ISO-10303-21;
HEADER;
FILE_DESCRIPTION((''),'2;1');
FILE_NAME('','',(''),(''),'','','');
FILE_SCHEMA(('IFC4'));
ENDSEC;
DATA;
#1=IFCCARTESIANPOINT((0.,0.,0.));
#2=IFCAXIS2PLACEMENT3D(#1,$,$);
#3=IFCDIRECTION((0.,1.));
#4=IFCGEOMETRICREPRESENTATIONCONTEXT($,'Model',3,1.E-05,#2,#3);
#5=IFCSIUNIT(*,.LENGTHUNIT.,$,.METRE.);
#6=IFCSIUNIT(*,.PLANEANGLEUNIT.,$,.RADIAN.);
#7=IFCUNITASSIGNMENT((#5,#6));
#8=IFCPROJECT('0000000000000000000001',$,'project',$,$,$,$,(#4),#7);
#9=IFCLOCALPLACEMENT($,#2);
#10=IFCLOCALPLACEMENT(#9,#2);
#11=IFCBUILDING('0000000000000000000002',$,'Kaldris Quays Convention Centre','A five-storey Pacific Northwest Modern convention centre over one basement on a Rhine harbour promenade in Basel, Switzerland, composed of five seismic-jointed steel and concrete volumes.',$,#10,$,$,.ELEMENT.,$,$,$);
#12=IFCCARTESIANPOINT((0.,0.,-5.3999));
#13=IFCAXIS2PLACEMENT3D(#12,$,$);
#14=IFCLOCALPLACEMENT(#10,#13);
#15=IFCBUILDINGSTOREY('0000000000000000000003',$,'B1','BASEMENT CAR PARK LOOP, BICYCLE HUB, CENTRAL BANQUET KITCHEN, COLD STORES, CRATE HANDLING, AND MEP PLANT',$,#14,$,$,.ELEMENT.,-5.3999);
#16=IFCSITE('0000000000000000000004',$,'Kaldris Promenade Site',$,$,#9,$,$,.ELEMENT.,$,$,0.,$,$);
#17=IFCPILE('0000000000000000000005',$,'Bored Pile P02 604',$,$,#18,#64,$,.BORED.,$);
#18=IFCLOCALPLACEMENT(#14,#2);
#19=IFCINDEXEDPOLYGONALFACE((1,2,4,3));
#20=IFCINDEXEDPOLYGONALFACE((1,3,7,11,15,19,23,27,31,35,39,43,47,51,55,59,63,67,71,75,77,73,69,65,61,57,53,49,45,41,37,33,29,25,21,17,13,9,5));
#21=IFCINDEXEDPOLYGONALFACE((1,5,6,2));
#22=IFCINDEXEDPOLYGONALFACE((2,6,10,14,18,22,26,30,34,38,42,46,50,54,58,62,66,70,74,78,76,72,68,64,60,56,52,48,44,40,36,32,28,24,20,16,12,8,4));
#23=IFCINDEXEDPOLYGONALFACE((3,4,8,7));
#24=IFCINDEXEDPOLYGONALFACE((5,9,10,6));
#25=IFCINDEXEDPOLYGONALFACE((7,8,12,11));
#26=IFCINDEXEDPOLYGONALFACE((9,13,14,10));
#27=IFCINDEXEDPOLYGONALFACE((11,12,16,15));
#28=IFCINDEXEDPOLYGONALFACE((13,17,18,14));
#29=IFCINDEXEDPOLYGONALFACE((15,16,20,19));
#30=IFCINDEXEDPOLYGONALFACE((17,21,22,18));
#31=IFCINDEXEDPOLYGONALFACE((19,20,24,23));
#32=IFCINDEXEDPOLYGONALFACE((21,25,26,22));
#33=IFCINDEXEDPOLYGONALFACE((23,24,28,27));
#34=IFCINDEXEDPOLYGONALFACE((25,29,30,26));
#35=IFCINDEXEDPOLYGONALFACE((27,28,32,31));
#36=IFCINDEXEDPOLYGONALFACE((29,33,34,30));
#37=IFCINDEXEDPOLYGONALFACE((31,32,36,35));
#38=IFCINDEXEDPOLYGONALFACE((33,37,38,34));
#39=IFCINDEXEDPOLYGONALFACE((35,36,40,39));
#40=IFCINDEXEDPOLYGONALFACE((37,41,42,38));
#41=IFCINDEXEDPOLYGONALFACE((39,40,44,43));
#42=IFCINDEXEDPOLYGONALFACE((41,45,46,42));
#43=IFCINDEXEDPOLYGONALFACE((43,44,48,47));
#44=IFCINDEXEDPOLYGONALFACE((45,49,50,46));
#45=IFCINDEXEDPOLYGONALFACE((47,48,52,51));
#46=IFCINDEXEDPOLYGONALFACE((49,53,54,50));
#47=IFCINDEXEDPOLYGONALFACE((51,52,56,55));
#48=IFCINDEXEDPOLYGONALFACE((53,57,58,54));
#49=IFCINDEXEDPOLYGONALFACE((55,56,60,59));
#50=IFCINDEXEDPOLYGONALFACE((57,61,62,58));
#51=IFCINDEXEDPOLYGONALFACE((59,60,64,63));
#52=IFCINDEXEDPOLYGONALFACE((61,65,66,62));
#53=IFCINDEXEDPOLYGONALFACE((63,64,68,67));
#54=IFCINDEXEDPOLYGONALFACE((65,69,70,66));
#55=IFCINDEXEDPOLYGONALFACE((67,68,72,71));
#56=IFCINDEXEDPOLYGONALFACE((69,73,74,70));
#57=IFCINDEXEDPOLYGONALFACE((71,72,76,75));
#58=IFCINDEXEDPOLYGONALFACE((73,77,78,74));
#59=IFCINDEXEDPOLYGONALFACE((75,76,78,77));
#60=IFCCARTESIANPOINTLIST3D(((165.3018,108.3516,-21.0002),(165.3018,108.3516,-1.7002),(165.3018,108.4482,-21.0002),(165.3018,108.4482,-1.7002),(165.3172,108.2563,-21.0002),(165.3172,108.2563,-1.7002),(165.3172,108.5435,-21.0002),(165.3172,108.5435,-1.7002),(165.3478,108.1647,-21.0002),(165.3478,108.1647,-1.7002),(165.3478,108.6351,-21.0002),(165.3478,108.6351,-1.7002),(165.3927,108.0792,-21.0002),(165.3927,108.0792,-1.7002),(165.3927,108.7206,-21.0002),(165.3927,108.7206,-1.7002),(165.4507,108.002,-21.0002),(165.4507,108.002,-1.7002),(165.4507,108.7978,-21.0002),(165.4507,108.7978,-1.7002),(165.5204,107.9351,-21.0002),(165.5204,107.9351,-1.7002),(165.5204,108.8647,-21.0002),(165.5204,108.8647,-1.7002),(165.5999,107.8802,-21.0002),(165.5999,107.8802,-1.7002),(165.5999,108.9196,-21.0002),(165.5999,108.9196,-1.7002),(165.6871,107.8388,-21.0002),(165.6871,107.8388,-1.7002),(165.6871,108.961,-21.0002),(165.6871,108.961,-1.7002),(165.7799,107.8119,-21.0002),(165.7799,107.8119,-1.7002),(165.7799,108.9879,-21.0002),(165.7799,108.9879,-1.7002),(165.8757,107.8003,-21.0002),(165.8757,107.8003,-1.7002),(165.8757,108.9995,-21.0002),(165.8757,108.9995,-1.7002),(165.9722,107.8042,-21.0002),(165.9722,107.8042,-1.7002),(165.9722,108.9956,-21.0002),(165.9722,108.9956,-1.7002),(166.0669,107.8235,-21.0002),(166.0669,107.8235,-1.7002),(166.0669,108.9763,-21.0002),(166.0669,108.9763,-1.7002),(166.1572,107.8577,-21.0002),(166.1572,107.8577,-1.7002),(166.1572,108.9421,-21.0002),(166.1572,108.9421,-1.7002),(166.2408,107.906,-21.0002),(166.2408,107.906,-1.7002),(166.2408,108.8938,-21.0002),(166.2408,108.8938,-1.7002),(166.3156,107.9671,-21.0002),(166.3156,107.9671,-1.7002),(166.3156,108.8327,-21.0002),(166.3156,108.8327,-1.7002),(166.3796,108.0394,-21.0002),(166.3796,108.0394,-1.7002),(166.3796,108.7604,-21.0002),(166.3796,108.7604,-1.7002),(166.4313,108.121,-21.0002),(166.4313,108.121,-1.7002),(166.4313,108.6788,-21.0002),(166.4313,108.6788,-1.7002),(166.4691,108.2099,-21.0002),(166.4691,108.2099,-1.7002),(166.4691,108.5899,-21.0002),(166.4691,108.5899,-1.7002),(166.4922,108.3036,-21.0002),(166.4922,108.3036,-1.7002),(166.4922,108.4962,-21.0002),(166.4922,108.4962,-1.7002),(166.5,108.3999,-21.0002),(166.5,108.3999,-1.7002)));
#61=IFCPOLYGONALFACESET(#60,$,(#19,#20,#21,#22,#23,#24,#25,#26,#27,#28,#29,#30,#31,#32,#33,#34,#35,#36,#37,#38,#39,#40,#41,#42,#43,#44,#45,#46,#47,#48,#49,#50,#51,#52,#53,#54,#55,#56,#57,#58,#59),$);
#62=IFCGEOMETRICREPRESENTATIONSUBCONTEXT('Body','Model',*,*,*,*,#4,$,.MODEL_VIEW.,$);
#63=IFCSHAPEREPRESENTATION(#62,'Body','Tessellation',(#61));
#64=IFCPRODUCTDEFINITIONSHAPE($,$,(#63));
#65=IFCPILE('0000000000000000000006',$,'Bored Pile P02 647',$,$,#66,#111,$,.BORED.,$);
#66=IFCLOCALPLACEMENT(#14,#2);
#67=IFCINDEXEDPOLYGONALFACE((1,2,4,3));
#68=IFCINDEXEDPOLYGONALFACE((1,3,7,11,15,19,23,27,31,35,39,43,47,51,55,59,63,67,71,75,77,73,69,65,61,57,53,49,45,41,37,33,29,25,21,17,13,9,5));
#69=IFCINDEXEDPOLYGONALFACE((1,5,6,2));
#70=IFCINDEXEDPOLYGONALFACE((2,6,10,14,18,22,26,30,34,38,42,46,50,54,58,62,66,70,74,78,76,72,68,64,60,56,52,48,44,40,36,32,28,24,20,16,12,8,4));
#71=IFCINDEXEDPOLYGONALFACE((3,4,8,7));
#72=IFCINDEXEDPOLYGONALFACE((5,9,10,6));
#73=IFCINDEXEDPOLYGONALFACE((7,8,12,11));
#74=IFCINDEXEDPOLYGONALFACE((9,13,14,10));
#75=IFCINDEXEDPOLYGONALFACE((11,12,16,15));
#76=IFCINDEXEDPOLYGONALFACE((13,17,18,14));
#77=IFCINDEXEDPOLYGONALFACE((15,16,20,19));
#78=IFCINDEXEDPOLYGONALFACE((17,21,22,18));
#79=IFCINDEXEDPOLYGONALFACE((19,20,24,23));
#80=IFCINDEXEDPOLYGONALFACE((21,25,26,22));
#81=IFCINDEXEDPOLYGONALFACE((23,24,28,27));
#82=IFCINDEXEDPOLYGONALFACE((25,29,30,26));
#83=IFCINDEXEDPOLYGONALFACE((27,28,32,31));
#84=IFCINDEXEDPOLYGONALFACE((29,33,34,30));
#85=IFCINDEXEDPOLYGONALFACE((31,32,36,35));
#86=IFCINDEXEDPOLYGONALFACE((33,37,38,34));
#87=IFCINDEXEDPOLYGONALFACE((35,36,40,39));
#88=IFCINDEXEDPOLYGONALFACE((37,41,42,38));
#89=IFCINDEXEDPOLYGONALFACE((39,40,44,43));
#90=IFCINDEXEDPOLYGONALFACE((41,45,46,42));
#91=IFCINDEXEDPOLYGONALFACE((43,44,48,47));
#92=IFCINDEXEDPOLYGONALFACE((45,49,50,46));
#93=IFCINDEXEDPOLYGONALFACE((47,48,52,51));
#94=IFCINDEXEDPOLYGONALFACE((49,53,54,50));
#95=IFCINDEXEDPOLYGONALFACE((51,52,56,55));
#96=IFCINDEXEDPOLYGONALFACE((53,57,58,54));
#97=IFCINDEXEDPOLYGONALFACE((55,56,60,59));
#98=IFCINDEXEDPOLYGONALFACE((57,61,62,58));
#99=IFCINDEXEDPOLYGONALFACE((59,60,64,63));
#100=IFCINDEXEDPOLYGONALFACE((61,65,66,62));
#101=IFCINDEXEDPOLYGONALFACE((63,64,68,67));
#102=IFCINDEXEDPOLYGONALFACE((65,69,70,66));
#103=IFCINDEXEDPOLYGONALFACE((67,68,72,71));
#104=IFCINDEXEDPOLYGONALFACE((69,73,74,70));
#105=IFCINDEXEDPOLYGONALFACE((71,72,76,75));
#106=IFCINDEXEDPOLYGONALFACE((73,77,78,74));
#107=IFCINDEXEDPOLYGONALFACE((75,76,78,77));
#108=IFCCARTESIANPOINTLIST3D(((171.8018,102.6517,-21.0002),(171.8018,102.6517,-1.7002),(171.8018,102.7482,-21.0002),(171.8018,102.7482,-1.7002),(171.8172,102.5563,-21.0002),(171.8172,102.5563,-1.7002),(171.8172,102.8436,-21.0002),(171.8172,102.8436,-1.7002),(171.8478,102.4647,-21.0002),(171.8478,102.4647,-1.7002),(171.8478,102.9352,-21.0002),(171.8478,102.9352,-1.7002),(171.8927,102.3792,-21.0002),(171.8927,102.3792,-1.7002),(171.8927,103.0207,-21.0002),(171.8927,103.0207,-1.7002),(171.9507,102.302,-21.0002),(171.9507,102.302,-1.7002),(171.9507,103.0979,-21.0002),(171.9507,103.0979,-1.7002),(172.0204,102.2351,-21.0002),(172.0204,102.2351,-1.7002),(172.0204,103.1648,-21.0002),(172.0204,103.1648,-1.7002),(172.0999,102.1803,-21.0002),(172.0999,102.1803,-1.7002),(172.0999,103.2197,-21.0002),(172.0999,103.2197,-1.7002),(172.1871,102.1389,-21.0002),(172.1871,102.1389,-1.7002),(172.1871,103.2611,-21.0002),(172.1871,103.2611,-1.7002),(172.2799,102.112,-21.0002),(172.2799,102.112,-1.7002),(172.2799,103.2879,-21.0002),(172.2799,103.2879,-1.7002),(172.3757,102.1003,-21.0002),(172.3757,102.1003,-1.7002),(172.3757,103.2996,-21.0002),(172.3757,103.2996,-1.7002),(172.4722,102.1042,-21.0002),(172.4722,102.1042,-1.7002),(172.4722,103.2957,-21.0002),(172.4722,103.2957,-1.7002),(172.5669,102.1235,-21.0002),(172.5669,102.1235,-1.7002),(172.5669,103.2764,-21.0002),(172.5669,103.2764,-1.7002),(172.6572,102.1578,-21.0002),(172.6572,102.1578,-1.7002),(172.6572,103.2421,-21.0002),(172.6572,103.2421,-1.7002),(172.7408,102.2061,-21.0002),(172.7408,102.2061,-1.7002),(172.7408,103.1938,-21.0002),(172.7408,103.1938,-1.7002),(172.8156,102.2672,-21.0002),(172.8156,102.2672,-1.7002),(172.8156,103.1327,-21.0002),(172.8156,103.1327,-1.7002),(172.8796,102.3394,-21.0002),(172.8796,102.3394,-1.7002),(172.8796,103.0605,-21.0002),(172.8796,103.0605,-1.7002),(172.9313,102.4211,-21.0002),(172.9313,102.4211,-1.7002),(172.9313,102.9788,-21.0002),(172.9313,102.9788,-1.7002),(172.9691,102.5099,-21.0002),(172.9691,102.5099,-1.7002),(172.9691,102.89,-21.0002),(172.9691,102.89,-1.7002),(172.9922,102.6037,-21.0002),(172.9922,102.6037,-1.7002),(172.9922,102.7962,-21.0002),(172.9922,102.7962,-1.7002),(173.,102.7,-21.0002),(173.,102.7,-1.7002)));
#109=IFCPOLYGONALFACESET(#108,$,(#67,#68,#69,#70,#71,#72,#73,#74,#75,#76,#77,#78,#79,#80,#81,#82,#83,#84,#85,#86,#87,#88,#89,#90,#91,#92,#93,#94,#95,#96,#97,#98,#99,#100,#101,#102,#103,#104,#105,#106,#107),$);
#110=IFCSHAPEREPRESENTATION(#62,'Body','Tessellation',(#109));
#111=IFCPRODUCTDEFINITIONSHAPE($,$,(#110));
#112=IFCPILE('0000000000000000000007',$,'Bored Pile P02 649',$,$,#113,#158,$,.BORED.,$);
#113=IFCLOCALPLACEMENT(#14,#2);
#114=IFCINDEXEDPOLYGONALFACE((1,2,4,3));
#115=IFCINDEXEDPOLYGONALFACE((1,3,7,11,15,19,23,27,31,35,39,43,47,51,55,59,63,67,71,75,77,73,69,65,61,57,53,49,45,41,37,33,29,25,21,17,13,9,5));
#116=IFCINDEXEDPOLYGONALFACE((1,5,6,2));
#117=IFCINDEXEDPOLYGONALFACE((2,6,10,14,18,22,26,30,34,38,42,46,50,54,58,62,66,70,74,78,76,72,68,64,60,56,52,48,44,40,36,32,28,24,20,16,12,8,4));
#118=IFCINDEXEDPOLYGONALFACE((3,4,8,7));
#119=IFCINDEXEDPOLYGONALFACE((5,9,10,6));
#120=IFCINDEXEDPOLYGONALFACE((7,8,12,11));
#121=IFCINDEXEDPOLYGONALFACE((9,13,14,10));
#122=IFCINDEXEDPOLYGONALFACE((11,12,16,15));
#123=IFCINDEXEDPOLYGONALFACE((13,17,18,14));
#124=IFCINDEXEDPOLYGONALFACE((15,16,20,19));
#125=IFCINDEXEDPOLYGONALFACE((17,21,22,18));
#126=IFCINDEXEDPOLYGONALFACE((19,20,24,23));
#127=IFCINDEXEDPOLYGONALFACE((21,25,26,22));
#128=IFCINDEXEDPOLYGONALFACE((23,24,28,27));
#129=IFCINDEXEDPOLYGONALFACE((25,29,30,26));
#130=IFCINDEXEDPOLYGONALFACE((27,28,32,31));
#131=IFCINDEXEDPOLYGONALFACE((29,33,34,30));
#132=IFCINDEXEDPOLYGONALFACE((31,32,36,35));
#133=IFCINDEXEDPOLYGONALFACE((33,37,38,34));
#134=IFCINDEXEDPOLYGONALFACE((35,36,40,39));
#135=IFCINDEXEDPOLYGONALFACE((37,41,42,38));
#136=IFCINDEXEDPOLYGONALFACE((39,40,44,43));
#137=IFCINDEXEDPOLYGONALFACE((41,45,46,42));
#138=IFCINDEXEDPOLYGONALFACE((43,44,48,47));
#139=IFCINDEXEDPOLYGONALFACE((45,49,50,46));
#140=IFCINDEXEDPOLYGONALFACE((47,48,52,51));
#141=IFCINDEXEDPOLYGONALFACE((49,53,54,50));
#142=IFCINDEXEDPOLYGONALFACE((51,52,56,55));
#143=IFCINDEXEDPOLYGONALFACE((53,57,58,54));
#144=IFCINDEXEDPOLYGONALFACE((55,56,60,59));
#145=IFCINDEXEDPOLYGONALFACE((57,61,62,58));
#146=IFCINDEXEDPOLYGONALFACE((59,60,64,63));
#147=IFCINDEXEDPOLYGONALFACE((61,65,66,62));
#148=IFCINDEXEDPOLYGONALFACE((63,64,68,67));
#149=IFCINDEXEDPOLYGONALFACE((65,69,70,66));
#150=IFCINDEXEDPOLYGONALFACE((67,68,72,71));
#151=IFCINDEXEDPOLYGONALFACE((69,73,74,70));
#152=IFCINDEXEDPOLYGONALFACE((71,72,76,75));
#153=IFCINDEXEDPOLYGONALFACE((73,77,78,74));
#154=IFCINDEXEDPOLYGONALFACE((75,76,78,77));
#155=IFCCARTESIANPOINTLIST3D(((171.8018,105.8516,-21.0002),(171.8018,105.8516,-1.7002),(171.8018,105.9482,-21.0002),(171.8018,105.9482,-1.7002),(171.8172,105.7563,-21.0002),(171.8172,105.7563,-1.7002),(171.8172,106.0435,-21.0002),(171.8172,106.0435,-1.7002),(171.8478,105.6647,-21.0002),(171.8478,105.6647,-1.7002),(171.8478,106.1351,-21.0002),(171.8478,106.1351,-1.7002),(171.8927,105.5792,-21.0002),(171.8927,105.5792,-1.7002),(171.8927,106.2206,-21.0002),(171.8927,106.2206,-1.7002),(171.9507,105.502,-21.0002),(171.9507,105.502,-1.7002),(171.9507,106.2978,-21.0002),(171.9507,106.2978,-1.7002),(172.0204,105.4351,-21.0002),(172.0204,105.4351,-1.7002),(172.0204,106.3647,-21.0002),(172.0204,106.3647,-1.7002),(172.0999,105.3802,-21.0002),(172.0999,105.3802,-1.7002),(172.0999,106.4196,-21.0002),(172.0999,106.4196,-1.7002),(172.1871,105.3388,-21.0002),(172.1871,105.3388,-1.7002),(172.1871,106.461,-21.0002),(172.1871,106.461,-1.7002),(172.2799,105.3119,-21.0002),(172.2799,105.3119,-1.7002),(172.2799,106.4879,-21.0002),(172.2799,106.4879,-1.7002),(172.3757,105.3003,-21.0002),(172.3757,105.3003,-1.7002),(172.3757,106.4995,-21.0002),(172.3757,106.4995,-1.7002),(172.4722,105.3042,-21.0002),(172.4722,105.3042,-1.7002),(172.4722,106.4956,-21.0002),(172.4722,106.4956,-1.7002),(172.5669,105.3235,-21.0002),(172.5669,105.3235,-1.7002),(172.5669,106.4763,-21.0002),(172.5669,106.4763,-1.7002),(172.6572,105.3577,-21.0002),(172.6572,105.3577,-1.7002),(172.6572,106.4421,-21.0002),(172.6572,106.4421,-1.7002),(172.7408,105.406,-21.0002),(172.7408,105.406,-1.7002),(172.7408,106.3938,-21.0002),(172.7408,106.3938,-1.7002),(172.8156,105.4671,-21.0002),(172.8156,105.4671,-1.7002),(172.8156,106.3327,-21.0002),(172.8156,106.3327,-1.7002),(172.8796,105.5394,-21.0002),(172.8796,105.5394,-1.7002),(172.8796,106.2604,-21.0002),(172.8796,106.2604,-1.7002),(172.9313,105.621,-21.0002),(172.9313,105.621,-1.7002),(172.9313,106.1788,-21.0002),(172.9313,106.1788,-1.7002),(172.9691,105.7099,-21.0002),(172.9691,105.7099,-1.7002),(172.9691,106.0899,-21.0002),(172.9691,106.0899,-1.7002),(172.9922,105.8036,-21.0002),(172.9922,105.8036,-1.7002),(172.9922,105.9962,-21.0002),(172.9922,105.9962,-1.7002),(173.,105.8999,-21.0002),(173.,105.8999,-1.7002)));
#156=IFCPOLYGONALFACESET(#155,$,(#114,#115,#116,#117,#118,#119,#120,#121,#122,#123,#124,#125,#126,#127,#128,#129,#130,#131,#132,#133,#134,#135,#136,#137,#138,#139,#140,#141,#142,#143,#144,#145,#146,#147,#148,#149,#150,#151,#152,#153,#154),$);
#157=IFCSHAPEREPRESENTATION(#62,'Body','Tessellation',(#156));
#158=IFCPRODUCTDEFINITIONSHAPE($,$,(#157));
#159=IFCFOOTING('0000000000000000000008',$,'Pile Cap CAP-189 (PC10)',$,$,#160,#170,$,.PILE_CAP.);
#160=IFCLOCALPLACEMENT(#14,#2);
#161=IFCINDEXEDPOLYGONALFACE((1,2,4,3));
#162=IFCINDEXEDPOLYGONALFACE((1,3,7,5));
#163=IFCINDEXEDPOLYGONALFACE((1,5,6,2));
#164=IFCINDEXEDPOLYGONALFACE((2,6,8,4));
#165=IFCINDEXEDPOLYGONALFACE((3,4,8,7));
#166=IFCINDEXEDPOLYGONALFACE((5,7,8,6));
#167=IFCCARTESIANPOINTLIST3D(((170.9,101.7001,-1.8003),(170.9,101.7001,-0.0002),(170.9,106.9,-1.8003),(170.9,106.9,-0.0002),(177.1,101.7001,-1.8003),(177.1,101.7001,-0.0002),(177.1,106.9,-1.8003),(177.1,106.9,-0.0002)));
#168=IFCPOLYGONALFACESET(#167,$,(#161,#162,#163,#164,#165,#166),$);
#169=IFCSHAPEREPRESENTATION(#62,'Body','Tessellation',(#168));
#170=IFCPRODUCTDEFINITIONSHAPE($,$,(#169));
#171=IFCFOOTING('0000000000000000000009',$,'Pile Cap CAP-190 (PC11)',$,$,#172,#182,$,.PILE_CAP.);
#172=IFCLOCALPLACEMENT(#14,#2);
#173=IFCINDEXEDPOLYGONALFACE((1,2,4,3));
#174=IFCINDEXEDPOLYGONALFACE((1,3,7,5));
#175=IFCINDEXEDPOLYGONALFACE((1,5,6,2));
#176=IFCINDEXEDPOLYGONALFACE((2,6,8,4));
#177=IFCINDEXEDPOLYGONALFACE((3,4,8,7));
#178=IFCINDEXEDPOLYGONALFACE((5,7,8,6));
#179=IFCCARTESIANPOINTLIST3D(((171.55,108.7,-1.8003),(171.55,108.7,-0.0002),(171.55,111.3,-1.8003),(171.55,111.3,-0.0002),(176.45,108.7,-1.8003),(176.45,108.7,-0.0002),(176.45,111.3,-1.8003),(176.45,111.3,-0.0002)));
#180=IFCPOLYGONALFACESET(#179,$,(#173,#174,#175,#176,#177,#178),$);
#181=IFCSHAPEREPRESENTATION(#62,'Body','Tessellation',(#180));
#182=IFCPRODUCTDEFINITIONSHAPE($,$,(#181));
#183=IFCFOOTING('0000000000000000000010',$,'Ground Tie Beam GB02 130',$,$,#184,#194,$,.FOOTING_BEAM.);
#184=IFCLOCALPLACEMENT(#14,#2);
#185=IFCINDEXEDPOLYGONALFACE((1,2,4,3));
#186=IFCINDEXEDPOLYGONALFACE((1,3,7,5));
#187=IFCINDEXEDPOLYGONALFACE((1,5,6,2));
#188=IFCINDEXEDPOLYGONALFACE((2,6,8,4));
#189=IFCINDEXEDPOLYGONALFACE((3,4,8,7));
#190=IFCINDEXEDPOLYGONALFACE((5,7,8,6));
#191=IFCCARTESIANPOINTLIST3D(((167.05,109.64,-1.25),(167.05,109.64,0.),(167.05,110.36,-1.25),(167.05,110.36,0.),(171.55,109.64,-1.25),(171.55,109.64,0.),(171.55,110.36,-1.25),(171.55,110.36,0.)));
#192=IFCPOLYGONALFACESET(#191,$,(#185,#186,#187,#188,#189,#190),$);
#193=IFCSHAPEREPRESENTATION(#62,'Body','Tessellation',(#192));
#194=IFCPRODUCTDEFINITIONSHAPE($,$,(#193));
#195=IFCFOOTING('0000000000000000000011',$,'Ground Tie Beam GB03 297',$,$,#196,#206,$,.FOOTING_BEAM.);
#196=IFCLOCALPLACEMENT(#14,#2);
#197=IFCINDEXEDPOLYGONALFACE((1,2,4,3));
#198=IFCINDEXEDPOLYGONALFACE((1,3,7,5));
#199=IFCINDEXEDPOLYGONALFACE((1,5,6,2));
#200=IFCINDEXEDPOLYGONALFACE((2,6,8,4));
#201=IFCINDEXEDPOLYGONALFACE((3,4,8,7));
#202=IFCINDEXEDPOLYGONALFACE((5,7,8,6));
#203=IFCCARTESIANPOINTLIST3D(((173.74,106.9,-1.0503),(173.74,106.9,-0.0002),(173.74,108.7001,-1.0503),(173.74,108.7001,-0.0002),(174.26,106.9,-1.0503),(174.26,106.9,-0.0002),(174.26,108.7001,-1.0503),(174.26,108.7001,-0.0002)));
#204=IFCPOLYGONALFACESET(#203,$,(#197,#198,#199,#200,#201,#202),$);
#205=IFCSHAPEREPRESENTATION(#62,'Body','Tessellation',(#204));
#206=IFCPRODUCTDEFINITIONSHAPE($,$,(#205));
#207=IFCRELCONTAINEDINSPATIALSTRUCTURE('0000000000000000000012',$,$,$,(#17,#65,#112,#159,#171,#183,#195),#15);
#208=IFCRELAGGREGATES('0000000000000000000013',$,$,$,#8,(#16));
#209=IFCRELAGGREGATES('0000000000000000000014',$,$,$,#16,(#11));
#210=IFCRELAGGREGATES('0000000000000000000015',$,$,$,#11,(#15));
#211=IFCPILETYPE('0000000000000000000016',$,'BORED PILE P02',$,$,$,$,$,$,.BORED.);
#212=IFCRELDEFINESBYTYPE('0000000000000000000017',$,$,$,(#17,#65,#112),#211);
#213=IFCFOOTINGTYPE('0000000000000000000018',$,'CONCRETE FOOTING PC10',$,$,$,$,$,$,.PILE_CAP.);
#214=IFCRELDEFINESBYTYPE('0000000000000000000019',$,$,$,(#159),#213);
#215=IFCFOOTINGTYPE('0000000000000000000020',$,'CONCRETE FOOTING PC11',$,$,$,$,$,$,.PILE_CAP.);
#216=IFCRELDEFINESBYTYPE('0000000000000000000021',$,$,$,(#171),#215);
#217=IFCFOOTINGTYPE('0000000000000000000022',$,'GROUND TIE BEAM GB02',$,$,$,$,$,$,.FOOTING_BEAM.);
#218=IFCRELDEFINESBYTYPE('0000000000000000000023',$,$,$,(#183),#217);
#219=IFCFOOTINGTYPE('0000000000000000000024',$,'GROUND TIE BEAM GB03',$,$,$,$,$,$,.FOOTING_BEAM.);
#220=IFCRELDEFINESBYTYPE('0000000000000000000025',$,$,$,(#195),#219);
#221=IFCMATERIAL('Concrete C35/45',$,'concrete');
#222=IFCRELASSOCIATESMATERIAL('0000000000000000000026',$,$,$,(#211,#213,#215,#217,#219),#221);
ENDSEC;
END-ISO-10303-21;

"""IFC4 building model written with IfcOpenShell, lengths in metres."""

from ifc_helpers import new_model, si_unit, direction, frame, origin, origin_2d, place, context, subcontext, project, spatial, rectangle, circle, extrude, material, material_profile, profile_set, type_object, element, save


model = new_model("IFC4")

# Units and contexts
model_context = context("Model", 3, precision=1e-05, world=origin(), true_north=direction((0.0, 1.0)))
body_context = subcontext(model_context, "Body", "Model", "MODEL_VIEW")
ifc_project = project(units=[si_unit("LENGTHUNIT", "METRE"), si_unit("PLANEANGLEUNIT", "RADIAN")], contexts=[model_context])

# Site, building, storey
site_placement = place(None, origin())
site = spatial("IfcSite", under=ifc_project, at=site_placement, Name="Kaldris Promenade Site", CompositionType="ELEMENT", RefElevation=0.0)
building_placement = place(site_placement, origin())
building = spatial("IfcBuilding", under=site, at=building_placement, Name="Kaldris Quays Convention Centre", Description="A five-storey Pacific Northwest Modern convention centre over one basement on a Rhine harbour promenade in Basel, Switzerland, composed of five seismic-jointed steel and concrete volumes.", CompositionType="ELEMENT")
storey_placement = place(building_placement, frame((0.0, 0.0, -5.3999)))
storey = spatial("IfcBuildingStorey", under=building, at=storey_placement, Name="B1", Description="BASEMENT CAR PARK LOOP, BICYCLE HUB, CENTRAL BANQUET KITCHEN, COLD STORES, CRATE HANDLING, AND MEP PLANT", CompositionType="ELEMENT", Elevation=-5.3999)

# Piles
ifc_material_1 = material(Name="Concrete C35/45", Category="concrete")
ifc_material_profile_1 = material_profile(ifc_material_1, circle(Radius=0.6001, at=origin_2d()), Name="BORED PILE D1200")
ifc_profile_set_1 = profile_set([ifc_material_profile_1], Name="Concrete C35/45")
pile_type_1 = type_object("IfcPileType", Name="BORED PILE P02", PredefinedType="BORED", material=ifc_profile_set_1)
for number, where, z_axis, x_axis, name in (
    (1, (165.8999, 108.3999, -1.7002), (0.0, 0.0, -1.0), (1.0, 0.0, 0.0), "Bored Pile P02 604"),
    (2, (172.3999, 102.7, -1.7002), (0.0, 0.0, -1.0), (1.0, 0.0, 0.0), "Bored Pile P02 647"),
    (3, (172.3999, 105.8999, -1.7002), (0.0, 0.0, -1.0), (1.0, 0.0, 0.0), "Bored Pile P02 649"),
):
    element("IfcPile", number, at=place(storey_placement, frame(where, z_axis=z_axis, x_axis=x_axis)), inside=storey, type_object=pile_type_1, Name=name, PredefinedType="BORED", context=body_context, shape_type="SweptSolid", body=[
        extrude(circle(Radius=0.6001, at=origin_2d()), origin(), (0.0, 0.0, 1.0), 19.3),
    ])

# Footings
footing_type_1 = type_object("IfcFootingType", Name="CONCRETE FOOTING PC10", PredefinedType="PILE_CAP", material=ifc_material_1)
footing_1_placement = place(storey_placement, frame((174.0, 104.3, -1.8003), z_axis=(0.0, 0.0, 1.0), x_axis=(1.0, 0.0, 0.0)))
element("IfcFooting", 4, at=footing_1_placement, inside=storey, type_object=footing_type_1, Name="Pile Cap CAP-189 (PC10)", PredefinedType="PILE_CAP", context=body_context, shape_type="SweptSolid", body=[
    extrude(rectangle(XDim=6.2, YDim=5.2, at=origin_2d()), origin(), (0.0, 0.0, 1.0), 1.8),
])
footing_type_2 = type_object("IfcFootingType", Name="CONCRETE FOOTING PC11", PredefinedType="PILE_CAP", material=ifc_material_1)
footing_2_placement = place(storey_placement, frame((174.0, 110.0, -1.8003), z_axis=(0.0, 0.0, 1.0), x_axis=(1.0, 0.0, 0.0)))
element("IfcFooting", 5, at=footing_2_placement, inside=storey, type_object=footing_type_2, Name="Pile Cap CAP-190 (PC11)", PredefinedType="PILE_CAP", context=body_context, shape_type="SweptSolid", body=[
    extrude(rectangle(XDim=4.8999, YDim=2.6001, at=origin_2d()), origin(), (0.0, 0.0, 1.0), 1.8),
])
footing_type_3 = type_object("IfcFootingType", Name="GROUND TIE BEAM GB02", PredefinedType="FOOTING_BEAM", material=ifc_material_1)
footing_3_placement = place(storey_placement, frame((169.3, 110.0, -1.25), z_axis=(0.0, 0.0, 1.0), x_axis=(1.0, 0.0, 0.0)))
element("IfcFooting", 6, at=footing_3_placement, inside=storey, type_object=footing_type_3, Name="Ground Tie Beam GB02 130", PredefinedType="FOOTING_BEAM", context=body_context, shape_type="SweptSolid", body=[
    extrude(rectangle(XDim=4.5, YDim=0.72, at=origin_2d()), origin(), (0.0, 0.0, 1.0), 1.25),
])
footing_type_4 = type_object("IfcFootingType", Name="GROUND TIE BEAM GB03", PredefinedType="FOOTING_BEAM", material=ifc_material_1)
footing_4_placement = place(storey_placement, frame((174.0, 107.8, -1.0503), z_axis=(0.0, 0.0, 1.0), x_axis=(1.0, 0.0, 0.0)))
element("IfcFooting", 7, at=footing_4_placement, inside=storey, type_object=footing_type_4, Name="Ground Tie Beam GB03 297", PredefinedType="FOOTING_BEAM", context=body_context, shape_type="SweptSolid", body=[
    extrude(rectangle(XDim=0.52, YDim=1.8, at=origin_2d()), origin(), (0.0, 0.0, 1.0), 1.05),
])

save(model, "model.ifc")
